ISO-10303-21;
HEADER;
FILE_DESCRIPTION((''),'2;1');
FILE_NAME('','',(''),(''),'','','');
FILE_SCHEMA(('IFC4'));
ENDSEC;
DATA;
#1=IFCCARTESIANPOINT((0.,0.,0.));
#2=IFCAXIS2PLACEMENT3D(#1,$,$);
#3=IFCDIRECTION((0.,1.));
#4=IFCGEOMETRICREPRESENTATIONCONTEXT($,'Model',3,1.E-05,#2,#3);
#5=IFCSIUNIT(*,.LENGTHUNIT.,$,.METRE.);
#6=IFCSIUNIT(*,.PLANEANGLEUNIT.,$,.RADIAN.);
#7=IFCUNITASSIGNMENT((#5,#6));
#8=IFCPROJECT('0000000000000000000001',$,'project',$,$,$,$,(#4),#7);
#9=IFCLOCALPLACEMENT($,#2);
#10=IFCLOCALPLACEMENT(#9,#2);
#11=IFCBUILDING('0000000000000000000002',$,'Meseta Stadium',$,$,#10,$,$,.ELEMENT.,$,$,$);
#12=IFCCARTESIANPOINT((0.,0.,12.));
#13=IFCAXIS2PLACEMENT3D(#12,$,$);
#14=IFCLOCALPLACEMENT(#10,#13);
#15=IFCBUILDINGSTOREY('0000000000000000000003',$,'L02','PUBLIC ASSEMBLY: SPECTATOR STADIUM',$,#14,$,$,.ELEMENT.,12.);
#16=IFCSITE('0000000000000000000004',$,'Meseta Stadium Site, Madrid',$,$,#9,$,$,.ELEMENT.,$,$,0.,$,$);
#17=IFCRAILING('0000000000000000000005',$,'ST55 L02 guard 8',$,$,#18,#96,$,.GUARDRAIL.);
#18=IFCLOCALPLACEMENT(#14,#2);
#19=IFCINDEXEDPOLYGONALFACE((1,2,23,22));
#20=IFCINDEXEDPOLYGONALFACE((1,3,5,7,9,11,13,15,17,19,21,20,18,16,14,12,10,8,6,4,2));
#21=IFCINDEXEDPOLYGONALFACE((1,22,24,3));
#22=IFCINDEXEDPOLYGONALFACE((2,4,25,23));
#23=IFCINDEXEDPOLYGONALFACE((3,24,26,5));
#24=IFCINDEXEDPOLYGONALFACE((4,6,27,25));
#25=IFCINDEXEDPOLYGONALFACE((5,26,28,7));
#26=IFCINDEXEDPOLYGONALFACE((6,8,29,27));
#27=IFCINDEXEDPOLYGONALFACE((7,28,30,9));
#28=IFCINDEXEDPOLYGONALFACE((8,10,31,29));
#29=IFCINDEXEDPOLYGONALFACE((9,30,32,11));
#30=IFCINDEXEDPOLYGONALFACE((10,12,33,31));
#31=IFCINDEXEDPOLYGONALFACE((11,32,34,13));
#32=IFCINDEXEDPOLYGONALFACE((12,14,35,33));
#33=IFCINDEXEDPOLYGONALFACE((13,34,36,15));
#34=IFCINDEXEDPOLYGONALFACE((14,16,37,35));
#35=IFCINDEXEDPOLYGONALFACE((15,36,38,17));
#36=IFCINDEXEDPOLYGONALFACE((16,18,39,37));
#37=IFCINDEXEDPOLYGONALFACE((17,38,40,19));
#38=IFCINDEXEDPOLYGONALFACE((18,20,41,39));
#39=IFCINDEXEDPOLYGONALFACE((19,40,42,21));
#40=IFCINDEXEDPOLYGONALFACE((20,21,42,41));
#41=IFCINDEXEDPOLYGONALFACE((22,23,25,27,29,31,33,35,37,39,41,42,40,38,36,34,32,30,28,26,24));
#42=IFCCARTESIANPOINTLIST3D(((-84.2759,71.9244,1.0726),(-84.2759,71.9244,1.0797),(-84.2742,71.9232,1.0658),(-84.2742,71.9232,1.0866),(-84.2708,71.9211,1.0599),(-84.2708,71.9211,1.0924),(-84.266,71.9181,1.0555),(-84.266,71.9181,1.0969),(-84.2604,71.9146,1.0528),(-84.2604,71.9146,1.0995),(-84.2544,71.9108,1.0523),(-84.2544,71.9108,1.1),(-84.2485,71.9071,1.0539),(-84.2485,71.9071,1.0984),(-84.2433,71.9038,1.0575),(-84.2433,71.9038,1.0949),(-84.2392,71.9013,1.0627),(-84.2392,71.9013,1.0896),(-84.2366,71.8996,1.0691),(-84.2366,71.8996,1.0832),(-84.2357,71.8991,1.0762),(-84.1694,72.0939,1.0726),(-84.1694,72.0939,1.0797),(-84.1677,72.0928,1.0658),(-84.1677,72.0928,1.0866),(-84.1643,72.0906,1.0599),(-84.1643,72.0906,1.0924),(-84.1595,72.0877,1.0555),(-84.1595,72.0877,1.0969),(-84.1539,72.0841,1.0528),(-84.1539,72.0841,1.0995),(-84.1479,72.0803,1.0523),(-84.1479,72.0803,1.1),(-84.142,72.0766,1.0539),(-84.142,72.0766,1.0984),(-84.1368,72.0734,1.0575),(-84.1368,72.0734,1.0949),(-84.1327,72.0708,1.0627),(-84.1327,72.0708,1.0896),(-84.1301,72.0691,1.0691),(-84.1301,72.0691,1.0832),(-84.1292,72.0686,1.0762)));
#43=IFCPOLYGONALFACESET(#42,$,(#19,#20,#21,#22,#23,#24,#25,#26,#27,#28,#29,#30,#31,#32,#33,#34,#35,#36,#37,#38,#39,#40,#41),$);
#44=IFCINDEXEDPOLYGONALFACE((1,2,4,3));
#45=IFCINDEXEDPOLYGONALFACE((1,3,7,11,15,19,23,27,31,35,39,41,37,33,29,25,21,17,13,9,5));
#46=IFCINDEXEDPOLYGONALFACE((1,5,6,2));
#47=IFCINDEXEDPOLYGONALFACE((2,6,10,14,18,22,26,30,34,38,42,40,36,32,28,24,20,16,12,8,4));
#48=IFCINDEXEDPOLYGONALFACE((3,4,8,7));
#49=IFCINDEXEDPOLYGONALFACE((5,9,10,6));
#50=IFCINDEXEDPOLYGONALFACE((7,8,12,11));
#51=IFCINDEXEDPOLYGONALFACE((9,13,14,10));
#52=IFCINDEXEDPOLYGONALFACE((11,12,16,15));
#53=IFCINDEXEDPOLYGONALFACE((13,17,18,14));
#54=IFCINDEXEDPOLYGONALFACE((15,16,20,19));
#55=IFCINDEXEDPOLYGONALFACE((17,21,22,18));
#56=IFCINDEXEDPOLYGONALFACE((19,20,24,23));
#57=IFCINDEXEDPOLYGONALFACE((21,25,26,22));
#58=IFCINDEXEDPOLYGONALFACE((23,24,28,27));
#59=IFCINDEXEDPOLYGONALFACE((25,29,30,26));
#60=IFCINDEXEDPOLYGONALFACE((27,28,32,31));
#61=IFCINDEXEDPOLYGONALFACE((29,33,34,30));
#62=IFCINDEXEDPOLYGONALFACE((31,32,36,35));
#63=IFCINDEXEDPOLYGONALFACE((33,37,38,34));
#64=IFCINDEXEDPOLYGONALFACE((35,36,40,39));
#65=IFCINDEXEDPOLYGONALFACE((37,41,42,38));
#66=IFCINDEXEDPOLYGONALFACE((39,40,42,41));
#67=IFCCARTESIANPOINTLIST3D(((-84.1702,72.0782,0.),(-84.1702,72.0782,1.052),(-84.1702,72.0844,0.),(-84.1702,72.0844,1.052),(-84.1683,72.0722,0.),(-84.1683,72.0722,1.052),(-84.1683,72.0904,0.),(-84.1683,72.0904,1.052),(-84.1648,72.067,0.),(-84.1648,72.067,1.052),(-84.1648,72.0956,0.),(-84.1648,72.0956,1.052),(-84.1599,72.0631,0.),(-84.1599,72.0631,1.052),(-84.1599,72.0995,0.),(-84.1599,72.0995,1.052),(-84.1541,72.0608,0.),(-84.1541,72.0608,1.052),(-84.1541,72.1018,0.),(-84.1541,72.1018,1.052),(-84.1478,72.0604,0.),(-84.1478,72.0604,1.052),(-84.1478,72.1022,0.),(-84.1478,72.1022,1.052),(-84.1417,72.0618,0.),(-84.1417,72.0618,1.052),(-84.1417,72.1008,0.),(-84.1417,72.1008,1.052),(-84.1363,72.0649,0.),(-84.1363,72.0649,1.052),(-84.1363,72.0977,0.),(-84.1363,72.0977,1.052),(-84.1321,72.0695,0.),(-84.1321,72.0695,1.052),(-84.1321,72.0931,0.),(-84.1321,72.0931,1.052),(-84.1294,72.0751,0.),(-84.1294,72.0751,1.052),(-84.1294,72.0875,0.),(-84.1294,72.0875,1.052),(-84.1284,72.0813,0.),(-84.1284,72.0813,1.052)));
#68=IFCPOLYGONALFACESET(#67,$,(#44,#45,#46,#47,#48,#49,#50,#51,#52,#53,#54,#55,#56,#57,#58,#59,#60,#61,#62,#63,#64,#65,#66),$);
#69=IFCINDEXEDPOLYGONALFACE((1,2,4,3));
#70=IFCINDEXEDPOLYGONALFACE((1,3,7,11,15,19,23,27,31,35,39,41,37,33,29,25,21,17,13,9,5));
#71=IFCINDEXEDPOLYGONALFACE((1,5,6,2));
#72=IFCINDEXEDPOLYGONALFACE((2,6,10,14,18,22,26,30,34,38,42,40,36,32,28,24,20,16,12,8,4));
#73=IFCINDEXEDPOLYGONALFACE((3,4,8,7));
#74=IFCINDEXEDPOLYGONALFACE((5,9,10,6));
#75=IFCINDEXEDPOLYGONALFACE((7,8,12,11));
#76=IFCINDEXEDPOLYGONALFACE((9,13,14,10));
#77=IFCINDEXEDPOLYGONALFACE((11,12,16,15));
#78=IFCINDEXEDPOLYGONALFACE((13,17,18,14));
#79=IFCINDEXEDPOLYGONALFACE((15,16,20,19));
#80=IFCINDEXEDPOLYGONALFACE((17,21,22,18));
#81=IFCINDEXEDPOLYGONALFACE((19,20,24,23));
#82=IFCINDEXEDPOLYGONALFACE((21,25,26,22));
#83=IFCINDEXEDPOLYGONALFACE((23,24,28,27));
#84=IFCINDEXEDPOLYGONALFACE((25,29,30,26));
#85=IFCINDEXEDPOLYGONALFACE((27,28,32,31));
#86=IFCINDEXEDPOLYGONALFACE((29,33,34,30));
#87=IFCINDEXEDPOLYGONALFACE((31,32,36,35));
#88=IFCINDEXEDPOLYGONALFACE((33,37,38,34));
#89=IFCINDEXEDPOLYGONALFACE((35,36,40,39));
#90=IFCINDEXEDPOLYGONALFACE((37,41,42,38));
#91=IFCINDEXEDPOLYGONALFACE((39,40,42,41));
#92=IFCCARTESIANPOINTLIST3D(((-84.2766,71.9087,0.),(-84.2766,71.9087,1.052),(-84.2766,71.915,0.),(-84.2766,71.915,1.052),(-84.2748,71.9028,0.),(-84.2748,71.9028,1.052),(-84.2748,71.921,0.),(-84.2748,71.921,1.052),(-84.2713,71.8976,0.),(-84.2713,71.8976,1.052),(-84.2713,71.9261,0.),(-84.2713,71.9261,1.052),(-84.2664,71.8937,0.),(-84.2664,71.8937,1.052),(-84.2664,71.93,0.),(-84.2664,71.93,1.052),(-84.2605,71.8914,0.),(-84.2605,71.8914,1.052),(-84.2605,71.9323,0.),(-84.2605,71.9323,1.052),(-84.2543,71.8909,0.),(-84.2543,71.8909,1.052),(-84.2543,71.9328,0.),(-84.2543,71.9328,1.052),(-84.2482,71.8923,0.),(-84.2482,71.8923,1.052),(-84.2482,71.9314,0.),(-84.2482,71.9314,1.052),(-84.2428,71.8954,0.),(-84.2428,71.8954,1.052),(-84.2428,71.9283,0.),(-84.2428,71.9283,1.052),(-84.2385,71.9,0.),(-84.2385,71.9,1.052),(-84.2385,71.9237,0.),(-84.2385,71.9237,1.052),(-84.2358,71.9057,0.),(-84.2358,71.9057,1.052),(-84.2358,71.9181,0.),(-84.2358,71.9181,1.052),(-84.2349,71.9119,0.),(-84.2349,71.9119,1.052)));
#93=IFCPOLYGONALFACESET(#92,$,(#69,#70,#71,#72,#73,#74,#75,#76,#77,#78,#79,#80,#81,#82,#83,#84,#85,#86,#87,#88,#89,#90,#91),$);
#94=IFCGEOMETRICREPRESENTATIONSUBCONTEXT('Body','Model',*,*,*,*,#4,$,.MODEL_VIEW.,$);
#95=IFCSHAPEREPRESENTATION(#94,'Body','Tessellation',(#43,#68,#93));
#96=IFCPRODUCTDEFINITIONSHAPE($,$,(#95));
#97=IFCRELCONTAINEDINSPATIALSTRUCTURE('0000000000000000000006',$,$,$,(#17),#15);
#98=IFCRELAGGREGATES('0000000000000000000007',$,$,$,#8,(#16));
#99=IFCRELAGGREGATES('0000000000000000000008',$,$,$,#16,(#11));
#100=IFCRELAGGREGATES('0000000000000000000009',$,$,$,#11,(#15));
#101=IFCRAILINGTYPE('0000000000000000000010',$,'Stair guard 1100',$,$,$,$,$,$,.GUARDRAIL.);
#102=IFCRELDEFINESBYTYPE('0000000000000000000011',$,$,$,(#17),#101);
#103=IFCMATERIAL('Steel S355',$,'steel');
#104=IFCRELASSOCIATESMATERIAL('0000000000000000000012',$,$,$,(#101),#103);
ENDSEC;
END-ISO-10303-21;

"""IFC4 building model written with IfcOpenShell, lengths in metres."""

from ifc_helpers import new_model, si_unit, direction, frame, origin, origin_2d, place, context, subcontext, project, spatial, circle, extrude, material, type_object, element, save


model = new_model("IFC4")

# Units and contexts
model_context = context("Model", 3, precision=1e-05, world=origin(), true_north=direction((0.0, 1.0)))
body_context = subcontext(model_context, "Body", "Model", "MODEL_VIEW")
ifc_project = project(units=[si_unit("LENGTHUNIT", "METRE"), si_unit("PLANEANGLEUNIT", "RADIAN")], contexts=[model_context])

# Site, building, storey
site_placement = place(None, origin())
site = spatial("IfcSite", under=ifc_project, at=site_placement, Name="Meseta Stadium Site, Madrid", CompositionType="ELEMENT", RefElevation=0.0)
building_placement = place(site_placement, origin())
building = spatial("IfcBuilding", under=site, at=building_placement, Name="Meseta Stadium", CompositionType="ELEMENT")
storey_placement = place(building_placement, frame((0.0, 0.0, 12.0)))
storey = spatial("IfcBuildingStorey", under=building, at=storey_placement, Name="L02", Description="PUBLIC ASSEMBLY: SPECTATOR STADIUM", CompositionType="ELEMENT", Elevation=12.0)

# Railing
ifc_material_1 = material(Name="Steel S355", Category="steel")
railing_type_1 = type_object("IfcRailingType", Name="Stair guard 1100", PredefinedType="GUARDRAIL", material=ifc_material_1)
railing_1_placement = place(storey_placement, frame((-84.1494, 72.0813, 0.0)))
element("IfcRailing", 1, at=railing_1_placement, inside=storey, type_object=railing_type_1, Name="ST55 L02 guard 8", PredefinedType="GUARDRAIL", context=body_context, shape_type="SweptSolid", body=[
    extrude(circle(Radius=0.0239, at=origin_2d()), frame((0.0, 0.0, 1.0762), z_axis=(-0.531972, -0.846762, 0.0), x_axis=(0.846762, -0.531972, 0.0)), (0.0, 0.0, 1.0), 0.2002),
    extrude(circle(Radius=0.021, at=origin_2d()), origin(), (0.0, 0.0, 1.0), 1.052),
    extrude(circle(Radius=0.021, at=origin_2d()), frame((-0.1064, -0.1694, 0.0)), (0.0, 0.0, 1.0), 1.052),
])

save(model, "model.ifc")
